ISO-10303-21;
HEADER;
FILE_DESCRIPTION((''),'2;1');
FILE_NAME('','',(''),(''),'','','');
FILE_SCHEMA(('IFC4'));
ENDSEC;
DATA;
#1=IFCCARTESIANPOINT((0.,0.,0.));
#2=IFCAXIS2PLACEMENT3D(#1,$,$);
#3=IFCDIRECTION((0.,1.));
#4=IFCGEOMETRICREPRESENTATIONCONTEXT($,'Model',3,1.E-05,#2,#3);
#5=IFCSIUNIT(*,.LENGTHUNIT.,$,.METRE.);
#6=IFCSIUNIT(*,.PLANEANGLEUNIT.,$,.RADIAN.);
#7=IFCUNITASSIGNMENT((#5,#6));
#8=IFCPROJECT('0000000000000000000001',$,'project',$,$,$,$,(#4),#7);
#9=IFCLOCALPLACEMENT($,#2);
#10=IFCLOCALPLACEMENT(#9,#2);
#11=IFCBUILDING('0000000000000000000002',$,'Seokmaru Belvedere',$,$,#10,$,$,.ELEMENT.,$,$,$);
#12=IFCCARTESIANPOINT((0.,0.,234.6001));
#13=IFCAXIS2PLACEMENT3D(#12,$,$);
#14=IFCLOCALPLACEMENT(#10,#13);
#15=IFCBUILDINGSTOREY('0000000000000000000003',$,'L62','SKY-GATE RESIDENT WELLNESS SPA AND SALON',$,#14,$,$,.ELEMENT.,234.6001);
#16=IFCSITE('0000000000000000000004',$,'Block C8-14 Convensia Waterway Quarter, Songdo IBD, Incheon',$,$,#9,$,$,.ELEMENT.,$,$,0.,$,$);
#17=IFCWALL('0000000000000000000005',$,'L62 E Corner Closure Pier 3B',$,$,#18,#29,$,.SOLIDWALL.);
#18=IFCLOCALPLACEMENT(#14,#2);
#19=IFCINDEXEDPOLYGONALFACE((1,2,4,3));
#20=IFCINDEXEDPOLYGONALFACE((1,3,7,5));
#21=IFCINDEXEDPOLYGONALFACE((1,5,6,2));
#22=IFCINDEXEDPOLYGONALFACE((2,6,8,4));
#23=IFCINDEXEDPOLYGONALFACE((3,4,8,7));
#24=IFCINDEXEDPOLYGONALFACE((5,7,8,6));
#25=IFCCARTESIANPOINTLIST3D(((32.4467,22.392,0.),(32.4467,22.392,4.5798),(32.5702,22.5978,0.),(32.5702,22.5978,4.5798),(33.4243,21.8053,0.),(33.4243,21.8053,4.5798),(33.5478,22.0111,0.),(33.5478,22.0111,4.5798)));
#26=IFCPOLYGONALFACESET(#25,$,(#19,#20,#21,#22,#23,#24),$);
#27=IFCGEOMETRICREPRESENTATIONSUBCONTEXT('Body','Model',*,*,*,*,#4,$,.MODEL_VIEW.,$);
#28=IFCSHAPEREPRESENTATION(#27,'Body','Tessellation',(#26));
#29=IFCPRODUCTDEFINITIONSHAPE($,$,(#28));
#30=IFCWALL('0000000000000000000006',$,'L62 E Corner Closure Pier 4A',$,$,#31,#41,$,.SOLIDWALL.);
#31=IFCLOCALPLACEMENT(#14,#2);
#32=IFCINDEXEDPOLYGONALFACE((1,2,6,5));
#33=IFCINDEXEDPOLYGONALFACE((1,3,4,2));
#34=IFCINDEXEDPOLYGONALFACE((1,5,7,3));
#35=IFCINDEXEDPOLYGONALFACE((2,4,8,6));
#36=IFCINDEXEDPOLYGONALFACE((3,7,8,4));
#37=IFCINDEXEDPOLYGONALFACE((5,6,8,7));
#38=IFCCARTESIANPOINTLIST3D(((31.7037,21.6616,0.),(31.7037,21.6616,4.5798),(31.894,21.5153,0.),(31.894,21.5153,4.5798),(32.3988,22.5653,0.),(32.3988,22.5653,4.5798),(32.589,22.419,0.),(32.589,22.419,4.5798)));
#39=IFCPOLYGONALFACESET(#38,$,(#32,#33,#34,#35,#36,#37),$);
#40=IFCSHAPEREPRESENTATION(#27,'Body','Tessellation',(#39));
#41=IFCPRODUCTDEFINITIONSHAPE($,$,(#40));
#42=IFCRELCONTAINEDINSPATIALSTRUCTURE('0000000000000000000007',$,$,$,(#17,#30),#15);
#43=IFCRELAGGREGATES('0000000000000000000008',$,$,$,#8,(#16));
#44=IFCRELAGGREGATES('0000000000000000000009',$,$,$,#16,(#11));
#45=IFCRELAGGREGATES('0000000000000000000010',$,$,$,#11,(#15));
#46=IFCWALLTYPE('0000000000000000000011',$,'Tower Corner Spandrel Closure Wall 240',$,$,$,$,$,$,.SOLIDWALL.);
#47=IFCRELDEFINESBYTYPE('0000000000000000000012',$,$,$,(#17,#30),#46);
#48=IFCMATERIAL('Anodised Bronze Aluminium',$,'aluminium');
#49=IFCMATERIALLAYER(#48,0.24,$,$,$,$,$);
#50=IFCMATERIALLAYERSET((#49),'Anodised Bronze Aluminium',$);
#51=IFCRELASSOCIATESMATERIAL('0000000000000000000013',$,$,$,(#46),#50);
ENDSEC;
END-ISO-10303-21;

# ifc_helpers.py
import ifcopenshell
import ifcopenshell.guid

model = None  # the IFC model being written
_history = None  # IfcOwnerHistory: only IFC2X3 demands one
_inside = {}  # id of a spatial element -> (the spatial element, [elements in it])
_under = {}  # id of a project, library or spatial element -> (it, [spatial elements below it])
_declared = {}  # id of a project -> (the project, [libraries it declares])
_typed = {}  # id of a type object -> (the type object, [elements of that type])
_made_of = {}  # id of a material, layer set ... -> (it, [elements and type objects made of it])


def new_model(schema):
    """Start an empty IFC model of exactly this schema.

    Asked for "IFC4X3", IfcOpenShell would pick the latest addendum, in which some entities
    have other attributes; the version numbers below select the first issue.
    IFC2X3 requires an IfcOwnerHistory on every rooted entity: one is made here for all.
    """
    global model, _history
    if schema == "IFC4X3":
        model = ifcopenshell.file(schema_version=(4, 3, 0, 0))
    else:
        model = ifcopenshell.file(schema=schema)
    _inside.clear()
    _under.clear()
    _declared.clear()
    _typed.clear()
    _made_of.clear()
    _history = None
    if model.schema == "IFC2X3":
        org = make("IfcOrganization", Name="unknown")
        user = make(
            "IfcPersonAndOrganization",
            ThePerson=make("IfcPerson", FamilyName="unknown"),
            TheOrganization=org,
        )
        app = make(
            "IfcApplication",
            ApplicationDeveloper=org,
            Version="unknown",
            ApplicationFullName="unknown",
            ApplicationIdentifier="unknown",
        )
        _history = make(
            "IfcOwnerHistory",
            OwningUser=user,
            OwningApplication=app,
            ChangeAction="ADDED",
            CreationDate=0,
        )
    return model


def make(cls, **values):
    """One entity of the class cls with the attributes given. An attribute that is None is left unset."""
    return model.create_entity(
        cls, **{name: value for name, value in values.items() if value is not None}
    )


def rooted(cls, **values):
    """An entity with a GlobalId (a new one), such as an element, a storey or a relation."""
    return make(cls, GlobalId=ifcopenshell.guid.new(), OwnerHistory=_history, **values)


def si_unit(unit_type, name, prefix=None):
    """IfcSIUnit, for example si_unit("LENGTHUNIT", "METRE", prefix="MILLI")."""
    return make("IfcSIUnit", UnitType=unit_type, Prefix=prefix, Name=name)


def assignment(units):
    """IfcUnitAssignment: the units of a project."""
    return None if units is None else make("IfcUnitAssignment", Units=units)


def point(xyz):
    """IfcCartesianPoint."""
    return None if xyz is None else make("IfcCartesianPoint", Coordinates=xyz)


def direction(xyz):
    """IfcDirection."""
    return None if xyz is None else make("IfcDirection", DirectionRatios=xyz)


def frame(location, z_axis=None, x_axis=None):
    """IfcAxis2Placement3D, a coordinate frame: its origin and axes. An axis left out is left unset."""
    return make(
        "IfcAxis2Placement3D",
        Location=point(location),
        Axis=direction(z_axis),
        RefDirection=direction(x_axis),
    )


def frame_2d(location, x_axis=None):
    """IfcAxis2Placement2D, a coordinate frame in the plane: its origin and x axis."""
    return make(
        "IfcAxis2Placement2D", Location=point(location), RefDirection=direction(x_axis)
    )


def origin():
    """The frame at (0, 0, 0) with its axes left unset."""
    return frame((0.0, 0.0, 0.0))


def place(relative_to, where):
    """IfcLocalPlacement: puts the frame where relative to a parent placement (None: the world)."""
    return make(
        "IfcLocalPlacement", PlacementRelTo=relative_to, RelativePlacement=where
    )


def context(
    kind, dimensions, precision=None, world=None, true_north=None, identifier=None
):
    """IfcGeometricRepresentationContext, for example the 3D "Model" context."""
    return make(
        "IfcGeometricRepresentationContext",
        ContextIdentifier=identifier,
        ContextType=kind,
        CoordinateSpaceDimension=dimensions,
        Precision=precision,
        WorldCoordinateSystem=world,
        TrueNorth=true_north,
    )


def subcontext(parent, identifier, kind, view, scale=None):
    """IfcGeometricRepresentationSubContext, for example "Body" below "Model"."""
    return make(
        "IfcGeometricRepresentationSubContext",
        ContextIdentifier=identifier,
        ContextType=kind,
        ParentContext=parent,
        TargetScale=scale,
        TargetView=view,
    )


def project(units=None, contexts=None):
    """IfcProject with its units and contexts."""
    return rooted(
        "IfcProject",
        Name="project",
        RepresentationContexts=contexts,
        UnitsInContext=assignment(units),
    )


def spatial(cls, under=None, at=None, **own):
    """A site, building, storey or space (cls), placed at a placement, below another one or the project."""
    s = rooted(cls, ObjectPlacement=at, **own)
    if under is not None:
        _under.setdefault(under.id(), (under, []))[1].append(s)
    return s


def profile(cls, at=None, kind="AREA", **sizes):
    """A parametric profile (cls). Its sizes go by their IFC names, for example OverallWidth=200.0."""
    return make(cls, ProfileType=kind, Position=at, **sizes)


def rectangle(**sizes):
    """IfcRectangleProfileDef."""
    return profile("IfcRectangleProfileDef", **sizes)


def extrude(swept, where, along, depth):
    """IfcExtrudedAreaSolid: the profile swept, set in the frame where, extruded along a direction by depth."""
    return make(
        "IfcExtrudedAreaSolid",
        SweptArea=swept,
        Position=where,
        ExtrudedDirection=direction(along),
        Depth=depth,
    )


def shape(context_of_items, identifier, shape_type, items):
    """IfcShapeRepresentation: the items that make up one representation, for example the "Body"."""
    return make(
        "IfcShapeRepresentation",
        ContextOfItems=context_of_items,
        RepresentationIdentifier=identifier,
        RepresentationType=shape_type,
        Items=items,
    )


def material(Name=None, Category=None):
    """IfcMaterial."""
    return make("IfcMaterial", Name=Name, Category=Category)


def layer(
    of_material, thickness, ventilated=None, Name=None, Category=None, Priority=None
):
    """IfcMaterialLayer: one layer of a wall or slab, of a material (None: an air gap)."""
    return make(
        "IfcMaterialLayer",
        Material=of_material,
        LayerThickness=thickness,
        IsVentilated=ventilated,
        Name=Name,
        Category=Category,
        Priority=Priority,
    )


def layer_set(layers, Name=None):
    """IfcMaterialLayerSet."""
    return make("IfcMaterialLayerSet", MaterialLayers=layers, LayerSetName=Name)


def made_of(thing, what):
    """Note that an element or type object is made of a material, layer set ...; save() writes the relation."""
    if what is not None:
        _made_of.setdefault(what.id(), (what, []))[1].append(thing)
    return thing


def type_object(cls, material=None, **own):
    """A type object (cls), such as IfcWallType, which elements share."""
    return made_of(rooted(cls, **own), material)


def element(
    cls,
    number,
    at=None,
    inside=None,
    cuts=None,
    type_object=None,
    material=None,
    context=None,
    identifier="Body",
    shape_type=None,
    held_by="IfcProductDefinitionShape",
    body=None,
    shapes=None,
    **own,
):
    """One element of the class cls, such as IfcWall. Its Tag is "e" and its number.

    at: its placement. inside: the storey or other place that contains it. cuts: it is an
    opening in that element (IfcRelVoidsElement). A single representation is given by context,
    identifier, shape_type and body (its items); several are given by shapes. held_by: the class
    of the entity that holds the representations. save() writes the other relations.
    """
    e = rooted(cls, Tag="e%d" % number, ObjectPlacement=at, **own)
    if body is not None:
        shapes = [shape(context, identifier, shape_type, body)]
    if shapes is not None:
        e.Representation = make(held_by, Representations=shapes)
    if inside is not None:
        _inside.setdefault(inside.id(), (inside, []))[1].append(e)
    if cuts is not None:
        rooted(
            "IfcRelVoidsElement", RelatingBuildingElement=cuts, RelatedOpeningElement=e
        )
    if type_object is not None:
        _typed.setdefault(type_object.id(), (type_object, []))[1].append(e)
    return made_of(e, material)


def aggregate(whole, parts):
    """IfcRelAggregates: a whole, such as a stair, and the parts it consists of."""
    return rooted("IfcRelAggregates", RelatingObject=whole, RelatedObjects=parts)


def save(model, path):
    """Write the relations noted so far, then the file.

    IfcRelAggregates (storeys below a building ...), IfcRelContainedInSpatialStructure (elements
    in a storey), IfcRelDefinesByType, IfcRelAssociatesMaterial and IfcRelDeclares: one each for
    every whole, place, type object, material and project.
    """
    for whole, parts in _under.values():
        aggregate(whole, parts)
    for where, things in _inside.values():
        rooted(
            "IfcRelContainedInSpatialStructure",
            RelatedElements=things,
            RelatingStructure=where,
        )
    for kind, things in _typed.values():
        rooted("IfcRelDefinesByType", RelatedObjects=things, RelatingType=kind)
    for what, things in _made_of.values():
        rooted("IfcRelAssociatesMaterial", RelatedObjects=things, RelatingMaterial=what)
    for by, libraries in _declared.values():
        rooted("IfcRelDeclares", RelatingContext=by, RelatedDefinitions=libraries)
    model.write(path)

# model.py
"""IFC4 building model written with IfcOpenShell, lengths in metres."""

from ifc_helpers import new_model, si_unit, direction, frame, frame_2d, origin, place, context, subcontext, project, spatial, rectangle, extrude, material, layer, layer_set, type_object, element, save


model = new_model("IFC4")

# Units and contexts
model_context = context("Model", 3, precision=1e-05, world=origin(), true_north=direction((0.0, 1.0)))
body_context = subcontext(model_context, "Body", "Model", "MODEL_VIEW")
ifc_project = project(units=[si_unit("LENGTHUNIT", "METRE"), si_unit("PLANEANGLEUNIT", "RADIAN")], contexts=[model_context])

# Site, building, storey
site_placement = place(None, origin())
site = spatial("IfcSite", under=ifc_project, at=site_placement, Name="Block C8-14 Convensia Waterway Quarter, Songdo IBD, Incheon", CompositionType="ELEMENT", RefElevation=0.0)
building_placement = place(site_placement, origin())
building = spatial("IfcBuilding", under=site, at=building_placement, Name="Seokmaru Belvedere", CompositionType="ELEMENT")
storey_placement = place(building_placement, frame((0.0, 0.0, 234.6001)))
storey = spatial("IfcBuildingStorey", under=building, at=storey_placement, Name="L62", Description="SKY-GATE RESIDENT WELLNESS SPA AND SALON", CompositionType="ELEMENT", Elevation=234.6001)

# Shared definitions
ifc_material_1 = material(Name="Anodised Bronze Aluminium", Category="aluminium")

# Walls
ifc_layer_1 = layer(ifc_material_1, 0.24)
ifc_layer_set_1 = layer_set([ifc_layer_1], Name="Anodised Bronze Aluminium")
wall_type_1 = type_object("IfcWallType", Name="Tower Corner Spandrel Closure Wall 240", PredefinedType="SOLIDWALL", material=ifc_layer_set_1)
for number, where, z_axis, x_axis, name in (
    (1, (33.4861, 21.9082, 0.0), (0.0, 0.0, 1.0), (-0.857436, 0.51459, 0.0), "L62 E Corner Closure Pier 3B"),
    (2, (32.4939, 22.4922, 0.0), (0.0, 0.0, 1.0), (-0.609618, -0.792696, 0.0), "L62 E Corner Closure Pier 4A"),
):
    element("IfcWall", number, at=place(storey_placement, frame(where, z_axis=z_axis, x_axis=x_axis)), inside=storey, type_object=wall_type_1, Name=name, PredefinedType="SOLIDWALL", context=body_context, shape_type="SweptSolid", body=[
        extrude(rectangle(XDim=1.1401, YDim=0.24, at=frame_2d((0.5701, 0.0))), origin(), (0.0, 0.0, 1.0), 4.5798),
    ])

save(model, "model.ifc")
